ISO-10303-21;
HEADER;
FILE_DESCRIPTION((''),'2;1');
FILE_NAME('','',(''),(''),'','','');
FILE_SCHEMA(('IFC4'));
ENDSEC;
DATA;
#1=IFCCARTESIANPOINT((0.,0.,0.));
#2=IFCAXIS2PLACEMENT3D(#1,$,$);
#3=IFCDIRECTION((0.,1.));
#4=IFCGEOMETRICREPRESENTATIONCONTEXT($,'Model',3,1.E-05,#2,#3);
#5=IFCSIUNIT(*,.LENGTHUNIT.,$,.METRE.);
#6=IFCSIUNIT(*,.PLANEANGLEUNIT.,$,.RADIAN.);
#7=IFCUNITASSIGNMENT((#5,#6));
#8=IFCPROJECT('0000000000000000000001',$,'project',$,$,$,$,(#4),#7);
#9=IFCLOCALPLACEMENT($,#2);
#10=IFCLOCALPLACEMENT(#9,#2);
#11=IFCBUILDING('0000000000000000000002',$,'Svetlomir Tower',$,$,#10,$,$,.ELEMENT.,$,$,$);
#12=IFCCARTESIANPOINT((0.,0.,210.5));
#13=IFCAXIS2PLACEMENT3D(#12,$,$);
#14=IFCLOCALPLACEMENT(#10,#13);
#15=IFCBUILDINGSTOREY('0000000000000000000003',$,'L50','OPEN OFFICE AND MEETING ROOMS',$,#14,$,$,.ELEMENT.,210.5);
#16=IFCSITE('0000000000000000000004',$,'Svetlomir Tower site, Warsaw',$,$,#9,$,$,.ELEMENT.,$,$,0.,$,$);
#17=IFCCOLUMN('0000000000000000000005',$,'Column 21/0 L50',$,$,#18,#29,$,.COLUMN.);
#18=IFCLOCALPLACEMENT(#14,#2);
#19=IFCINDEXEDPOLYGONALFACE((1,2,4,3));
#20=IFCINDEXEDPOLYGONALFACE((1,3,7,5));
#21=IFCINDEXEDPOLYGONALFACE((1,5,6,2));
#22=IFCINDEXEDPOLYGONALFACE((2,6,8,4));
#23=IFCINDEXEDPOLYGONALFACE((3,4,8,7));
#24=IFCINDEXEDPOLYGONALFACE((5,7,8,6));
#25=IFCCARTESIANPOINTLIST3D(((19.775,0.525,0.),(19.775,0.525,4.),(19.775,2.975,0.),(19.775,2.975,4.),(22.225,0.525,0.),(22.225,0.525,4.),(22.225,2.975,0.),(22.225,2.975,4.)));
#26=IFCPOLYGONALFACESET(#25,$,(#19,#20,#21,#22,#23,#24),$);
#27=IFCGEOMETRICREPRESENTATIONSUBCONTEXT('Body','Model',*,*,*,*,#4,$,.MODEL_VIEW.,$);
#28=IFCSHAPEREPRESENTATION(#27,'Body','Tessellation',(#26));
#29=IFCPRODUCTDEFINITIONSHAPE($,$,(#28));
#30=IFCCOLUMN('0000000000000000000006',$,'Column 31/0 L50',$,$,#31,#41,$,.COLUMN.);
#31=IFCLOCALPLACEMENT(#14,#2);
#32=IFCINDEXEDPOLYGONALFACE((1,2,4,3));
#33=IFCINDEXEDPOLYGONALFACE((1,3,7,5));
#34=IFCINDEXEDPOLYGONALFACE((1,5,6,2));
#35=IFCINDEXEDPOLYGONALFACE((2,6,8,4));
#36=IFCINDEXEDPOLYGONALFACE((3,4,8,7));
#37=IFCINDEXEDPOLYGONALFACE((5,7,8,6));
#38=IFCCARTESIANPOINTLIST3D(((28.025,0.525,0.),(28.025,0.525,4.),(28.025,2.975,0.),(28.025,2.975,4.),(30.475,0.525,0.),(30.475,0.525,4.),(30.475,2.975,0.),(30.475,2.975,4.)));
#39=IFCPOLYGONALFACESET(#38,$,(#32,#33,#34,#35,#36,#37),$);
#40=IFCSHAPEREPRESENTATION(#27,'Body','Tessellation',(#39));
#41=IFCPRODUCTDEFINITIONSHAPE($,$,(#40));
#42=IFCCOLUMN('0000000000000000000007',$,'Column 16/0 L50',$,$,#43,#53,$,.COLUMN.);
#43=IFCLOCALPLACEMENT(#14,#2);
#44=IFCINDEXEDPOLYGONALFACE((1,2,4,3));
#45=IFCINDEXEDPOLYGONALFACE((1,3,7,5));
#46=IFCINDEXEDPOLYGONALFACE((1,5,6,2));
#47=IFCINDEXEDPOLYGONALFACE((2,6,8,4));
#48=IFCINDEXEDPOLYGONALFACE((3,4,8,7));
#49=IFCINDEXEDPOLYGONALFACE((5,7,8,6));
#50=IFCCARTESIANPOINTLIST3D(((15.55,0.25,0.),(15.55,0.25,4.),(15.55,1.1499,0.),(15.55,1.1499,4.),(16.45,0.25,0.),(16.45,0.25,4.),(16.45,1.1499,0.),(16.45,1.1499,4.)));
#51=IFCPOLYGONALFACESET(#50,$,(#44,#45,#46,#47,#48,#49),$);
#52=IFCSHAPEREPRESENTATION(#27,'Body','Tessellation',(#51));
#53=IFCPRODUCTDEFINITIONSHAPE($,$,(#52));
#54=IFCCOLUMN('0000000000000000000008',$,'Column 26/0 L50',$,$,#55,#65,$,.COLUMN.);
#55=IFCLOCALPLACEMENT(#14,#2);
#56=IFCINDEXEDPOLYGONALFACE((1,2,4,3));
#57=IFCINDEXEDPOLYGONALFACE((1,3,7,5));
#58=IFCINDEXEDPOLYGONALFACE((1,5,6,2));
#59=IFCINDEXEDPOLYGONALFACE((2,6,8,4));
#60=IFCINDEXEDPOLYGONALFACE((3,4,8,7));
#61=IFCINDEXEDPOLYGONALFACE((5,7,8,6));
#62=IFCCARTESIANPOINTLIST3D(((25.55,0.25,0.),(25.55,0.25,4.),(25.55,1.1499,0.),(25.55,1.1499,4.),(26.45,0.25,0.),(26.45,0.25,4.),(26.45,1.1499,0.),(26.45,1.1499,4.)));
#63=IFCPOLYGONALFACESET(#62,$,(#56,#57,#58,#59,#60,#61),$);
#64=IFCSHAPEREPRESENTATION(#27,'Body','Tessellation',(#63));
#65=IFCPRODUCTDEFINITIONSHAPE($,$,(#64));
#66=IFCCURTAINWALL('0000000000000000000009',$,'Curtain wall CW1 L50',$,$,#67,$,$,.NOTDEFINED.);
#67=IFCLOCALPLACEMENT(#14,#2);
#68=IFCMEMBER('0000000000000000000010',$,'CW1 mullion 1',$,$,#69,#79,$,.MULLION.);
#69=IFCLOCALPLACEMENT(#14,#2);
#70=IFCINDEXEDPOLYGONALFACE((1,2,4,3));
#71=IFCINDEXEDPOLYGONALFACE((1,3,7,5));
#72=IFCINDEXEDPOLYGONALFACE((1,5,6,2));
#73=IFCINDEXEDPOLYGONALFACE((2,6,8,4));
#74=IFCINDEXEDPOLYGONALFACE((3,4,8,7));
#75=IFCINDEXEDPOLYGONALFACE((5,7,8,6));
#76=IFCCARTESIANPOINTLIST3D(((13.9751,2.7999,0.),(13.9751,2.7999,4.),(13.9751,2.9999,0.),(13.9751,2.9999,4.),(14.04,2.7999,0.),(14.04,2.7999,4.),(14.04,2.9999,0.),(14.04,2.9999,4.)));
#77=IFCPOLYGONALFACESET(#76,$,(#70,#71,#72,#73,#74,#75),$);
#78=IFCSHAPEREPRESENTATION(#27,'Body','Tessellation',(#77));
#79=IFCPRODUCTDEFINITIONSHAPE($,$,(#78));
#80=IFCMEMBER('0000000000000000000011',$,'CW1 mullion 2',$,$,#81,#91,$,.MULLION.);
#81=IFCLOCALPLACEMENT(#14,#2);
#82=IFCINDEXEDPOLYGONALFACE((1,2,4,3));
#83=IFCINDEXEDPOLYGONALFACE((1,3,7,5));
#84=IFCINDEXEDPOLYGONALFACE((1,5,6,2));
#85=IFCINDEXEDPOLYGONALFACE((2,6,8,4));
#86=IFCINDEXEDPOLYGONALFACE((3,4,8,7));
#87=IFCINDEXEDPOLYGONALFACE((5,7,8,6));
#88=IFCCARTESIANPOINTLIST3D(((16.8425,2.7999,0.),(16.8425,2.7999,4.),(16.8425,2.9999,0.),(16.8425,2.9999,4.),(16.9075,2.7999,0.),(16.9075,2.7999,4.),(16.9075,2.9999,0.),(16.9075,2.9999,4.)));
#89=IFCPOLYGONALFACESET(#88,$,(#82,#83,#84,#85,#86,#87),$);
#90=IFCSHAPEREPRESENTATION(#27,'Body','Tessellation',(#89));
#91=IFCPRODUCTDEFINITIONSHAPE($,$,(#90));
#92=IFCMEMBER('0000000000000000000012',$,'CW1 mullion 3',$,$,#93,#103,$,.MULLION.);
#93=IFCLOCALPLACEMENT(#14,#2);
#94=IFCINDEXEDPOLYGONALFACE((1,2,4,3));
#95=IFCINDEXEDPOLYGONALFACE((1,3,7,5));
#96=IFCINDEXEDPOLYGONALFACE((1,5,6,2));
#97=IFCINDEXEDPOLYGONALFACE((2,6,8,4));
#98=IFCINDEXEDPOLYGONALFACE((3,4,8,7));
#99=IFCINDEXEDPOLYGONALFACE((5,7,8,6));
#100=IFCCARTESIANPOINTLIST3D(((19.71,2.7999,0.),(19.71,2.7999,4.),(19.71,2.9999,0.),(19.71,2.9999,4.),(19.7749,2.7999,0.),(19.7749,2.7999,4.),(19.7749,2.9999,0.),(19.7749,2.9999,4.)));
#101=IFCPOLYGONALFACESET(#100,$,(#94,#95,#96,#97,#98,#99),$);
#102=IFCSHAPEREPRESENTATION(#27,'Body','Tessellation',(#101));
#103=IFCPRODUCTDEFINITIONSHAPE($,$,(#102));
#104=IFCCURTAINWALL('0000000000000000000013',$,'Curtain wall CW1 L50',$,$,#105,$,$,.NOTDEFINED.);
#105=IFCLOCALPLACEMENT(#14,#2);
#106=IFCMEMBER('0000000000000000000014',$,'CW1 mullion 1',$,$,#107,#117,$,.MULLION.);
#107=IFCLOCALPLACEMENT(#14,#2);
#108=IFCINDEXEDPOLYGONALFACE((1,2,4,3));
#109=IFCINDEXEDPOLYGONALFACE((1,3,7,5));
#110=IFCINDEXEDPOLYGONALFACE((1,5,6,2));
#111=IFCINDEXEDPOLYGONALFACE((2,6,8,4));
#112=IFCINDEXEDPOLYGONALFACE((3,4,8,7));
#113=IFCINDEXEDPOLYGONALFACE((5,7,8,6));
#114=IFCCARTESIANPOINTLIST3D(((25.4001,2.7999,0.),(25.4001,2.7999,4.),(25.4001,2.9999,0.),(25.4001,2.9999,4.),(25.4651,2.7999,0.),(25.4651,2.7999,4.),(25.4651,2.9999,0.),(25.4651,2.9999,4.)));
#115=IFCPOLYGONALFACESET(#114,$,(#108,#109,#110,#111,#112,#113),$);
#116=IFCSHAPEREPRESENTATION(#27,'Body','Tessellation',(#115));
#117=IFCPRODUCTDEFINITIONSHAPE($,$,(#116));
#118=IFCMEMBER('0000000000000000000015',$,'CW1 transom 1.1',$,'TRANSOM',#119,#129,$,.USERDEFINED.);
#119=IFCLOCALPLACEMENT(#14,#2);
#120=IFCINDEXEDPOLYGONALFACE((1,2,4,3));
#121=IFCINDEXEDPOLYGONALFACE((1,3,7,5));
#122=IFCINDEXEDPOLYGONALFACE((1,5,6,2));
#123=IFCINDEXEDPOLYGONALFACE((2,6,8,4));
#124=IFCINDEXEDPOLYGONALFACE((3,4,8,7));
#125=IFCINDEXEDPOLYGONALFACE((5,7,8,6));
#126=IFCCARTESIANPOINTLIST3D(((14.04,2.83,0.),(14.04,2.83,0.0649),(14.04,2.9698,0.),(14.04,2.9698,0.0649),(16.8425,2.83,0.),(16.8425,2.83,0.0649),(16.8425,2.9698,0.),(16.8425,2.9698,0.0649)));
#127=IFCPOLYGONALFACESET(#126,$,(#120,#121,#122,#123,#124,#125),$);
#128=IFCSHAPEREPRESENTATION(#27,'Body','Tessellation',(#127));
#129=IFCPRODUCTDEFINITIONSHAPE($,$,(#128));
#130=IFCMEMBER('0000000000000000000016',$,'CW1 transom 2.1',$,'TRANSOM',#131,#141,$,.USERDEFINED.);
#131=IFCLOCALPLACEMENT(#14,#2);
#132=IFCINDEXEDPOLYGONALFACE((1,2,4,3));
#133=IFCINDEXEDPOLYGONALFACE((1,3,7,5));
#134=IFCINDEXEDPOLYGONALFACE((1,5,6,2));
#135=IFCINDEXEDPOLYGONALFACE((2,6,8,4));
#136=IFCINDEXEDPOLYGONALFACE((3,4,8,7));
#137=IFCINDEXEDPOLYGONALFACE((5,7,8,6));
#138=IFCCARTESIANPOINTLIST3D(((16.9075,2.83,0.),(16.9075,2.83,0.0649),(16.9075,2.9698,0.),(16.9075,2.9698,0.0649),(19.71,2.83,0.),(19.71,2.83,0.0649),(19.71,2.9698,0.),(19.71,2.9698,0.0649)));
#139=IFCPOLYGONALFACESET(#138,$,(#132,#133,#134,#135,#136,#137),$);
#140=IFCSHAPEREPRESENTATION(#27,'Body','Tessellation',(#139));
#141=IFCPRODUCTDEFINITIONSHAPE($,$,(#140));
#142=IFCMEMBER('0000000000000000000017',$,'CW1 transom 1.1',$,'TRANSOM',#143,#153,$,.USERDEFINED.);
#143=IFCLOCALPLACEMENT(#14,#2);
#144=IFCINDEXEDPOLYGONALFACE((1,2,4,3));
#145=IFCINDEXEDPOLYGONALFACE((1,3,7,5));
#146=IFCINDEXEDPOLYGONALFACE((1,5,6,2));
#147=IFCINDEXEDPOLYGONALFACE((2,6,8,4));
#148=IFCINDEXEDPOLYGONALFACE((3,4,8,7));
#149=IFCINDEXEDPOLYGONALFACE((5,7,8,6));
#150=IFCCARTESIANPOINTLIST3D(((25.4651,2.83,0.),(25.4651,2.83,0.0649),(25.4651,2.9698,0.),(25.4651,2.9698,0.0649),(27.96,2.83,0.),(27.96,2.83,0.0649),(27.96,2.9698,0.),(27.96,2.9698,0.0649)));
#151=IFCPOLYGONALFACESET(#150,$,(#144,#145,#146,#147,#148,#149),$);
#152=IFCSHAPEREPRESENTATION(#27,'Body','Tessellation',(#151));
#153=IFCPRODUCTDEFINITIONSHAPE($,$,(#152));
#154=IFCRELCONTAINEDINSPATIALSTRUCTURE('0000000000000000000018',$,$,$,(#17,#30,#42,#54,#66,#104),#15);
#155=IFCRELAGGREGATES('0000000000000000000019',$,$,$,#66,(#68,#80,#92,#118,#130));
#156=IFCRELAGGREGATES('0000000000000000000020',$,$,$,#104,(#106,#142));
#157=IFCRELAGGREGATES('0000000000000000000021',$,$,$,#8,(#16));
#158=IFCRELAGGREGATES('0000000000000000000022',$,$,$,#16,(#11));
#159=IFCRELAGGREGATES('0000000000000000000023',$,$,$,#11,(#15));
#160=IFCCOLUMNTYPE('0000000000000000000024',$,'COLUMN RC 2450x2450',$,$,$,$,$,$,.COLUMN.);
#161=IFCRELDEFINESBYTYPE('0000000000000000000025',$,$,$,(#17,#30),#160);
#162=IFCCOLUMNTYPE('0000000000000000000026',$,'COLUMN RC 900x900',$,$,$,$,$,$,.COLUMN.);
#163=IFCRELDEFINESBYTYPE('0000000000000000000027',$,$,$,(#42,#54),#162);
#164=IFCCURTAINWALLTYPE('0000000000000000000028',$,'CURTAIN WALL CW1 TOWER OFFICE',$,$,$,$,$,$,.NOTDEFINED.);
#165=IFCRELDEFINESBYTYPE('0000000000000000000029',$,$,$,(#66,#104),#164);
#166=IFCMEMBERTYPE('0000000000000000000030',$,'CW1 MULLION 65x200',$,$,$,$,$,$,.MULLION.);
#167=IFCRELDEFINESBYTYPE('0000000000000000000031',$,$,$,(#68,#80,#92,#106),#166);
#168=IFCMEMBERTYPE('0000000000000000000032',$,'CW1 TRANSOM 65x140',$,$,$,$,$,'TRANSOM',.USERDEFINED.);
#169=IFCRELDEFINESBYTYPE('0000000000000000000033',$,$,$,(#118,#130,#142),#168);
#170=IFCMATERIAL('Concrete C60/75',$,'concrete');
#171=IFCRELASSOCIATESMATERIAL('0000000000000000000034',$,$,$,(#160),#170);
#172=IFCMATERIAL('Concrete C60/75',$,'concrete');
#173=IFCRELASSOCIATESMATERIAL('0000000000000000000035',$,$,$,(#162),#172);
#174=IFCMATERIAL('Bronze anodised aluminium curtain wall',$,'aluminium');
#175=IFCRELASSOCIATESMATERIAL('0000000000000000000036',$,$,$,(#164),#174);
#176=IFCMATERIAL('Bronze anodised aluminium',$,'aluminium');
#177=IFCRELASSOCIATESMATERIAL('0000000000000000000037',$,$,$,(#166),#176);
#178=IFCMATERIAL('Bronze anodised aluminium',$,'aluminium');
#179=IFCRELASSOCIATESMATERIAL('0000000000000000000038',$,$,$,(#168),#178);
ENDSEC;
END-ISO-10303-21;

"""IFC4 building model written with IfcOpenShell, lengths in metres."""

from ifc_helpers import new_model, si_unit, direction, frame, origin, origin_2d, place, context, subcontext, project, spatial, rectangle, extrude, material, material_profile, profile_set, type_object, element, aggregate, save


model = new_model("IFC4")

# Units and contexts
model_context = context("Model", 3, precision=1e-05, world=origin(), true_north=direction((0.0, 1.0)))
body_context = subcontext(model_context, "Body", "Model", "MODEL_VIEW")
ifc_project = project(units=[si_unit("LENGTHUNIT", "METRE"), si_unit("PLANEANGLEUNIT", "RADIAN")], contexts=[model_context])

# Site, building, storey
site_placement = place(None, origin())
site = spatial("IfcSite", under=ifc_project, at=site_placement, Name="Svetlomir Tower site, Warsaw", CompositionType="ELEMENT", RefElevation=0.0)
building_placement = place(site_placement, origin())
building = spatial("IfcBuilding", under=site, at=building_placement, Name="Svetlomir Tower", CompositionType="ELEMENT")
storey_placement = place(building_placement, frame((0.0, 0.0, 210.5)))
storey = spatial("IfcBuildingStorey", under=building, at=storey_placement, Name="L50", Description="OPEN OFFICE AND MEETING ROOMS", CompositionType="ELEMENT", Elevation=210.5)

# Columns
ifc_material_1 = material(Name="Concrete C60/75", Category="concrete")
ifc_material_profile_1 = material_profile(ifc_material_1, rectangle(XDim=2.45, YDim=2.45, at=origin_2d()), Name="RC 2450x2450")
ifc_profile_set_1 = profile_set([ifc_material_profile_1], Name="Concrete C60/75")
column_type_1 = type_object("IfcColumnType", Name="COLUMN RC 2450x2450", PredefinedType="COLUMN", material=ifc_profile_set_1)
for number, where, z_axis, x_axis, name in (
    (1, (21.0, 1.75, 0.0), (0.0, 0.0, 1.0), (1.0, 0.0, 0.0), "Column 21/0 L50"),
    (2, (29.25, 1.75, 0.0), (0.0, 0.0, 1.0), (1.0, 0.0, 0.0), "Column 31/0 L50"),
):
    element("IfcColumn", number, at=place(storey_placement, frame(where, z_axis=z_axis, x_axis=x_axis)), inside=storey, type_object=column_type_1, Name=name, PredefinedType="COLUMN", context=body_context, shape_type="SweptSolid", body=[
        extrude(rectangle(XDim=2.45, YDim=2.45, at=origin_2d()), origin(), (0.0, 0.0, 1.0), 4.0),
    ])
ifc_material_2 = material(Name="Concrete C60/75", Category="concrete")
ifc_material_profile_2 = material_profile(ifc_material_2, rectangle(XDim=0.8999, YDim=0.8999, at=origin_2d()), Name="RC 900x900")
ifc_profile_set_2 = profile_set([ifc_material_profile_2], Name="Concrete C60/75")
column_type_2 = type_object("IfcColumnType", Name="COLUMN RC 900x900", PredefinedType="COLUMN", material=ifc_profile_set_2)
for number, where, z_axis, x_axis, name in (
    (3, (16.0, 0.7, 0.0), (0.0, 0.0, 1.0), (1.0, 0.0, 0.0), "Column 16/0 L50"),
    (4, (26.0, 0.7, 0.0), (0.0, 0.0, 1.0), (1.0, 0.0, 0.0), "Column 26/0 L50"),
):
    element("IfcColumn", number, at=place(storey_placement, frame(where, z_axis=z_axis, x_axis=x_axis)), inside=storey, type_object=column_type_2, Name=name, PredefinedType="COLUMN", context=body_context, shape_type="SweptSolid", body=[
        extrude(rectangle(XDim=0.8999, YDim=0.8999, at=origin_2d()), origin(), (0.0, 0.0, 1.0), 4.0),
    ])

# Curtain wall, members
ifc_material_3 = material(Name="Bronze anodised aluminium curtain wall", Category="aluminium")
curtain_wall_type = type_object("IfcCurtainWallType", Name="CURTAIN WALL CW1 TOWER OFFICE", PredefinedType="NOTDEFINED", material=ifc_material_3)
curtain_wall_1_placement = place(storey_placement, origin())
curtain_wall_1 = element("IfcCurtainWall", 5, at=curtain_wall_1_placement, inside=storey, type_object=curtain_wall_type, Name="Curtain wall CW1 L50", PredefinedType="NOTDEFINED")
ifc_material_4 = material(Name="Bronze anodised aluminium", Category="aluminium")
ifc_material_profile_3 = material_profile(ifc_material_4, rectangle(XDim=0.0649, YDim=0.2, at=origin_2d()), Name="AL 65x200")
ifc_profile_set_3 = profile_set([ifc_material_profile_3], Name="Bronze anodised aluminium 6063-T6")
member_type_1 = type_object("IfcMemberType", Name="CW1 MULLION 65x200", PredefinedType="MULLION", material=ifc_profile_set_3)
member_1_placement = place(storey_placement, frame((14.0076, 2.8999, 0.0), z_axis=(0.0, 0.0, 1.0), x_axis=(1.0, 0.0, 0.0)))
member_1 = element("IfcMember", 6, at=member_1_placement, type_object=member_type_1, Name="CW1 mullion 1", PredefinedType="MULLION", context=body_context, shape_type="SweptSolid", body=[
    extrude(rectangle(XDim=0.0649, YDim=0.2, at=origin_2d()), origin(), (0.0, 0.0, 1.0), 4.0),
])
member_2_placement = place(storey_placement, frame((16.875, 2.8999, 0.0), z_axis=(0.0, 0.0, 1.0), x_axis=(1.0, 0.0, 0.0)))
member_2 = element("IfcMember", 7, at=member_2_placement, type_object=member_type_1, Name="CW1 mullion 2", PredefinedType="MULLION", context=body_context, shape_type="SweptSolid", body=[
    extrude(rectangle(XDim=0.0649, YDim=0.2, at=origin_2d()), origin(), (0.0, 0.0, 1.0), 4.0),
])
member_3_placement = place(storey_placement, frame((19.7424, 2.8999, 0.0), z_axis=(0.0, 0.0, 1.0), x_axis=(1.0, 0.0, 0.0)))
member_3 = element("IfcMember", 8, at=member_3_placement, type_object=member_type_1, Name="CW1 mullion 3", PredefinedType="MULLION", context=body_context, shape_type="SweptSolid", body=[
    extrude(rectangle(XDim=0.0649, YDim=0.2, at=origin_2d()), origin(), (0.0, 0.0, 1.0), 4.0),
])

# Curtain wall, member
curtain_wall_2_placement = place(storey_placement, origin())
curtain_wall_2 = element("IfcCurtainWall", 9, at=curtain_wall_2_placement, inside=storey, type_object=curtain_wall_type, Name="Curtain wall CW1 L50", PredefinedType="NOTDEFINED")
member_4_placement = place(storey_placement, frame((25.4326, 2.8999, 0.0), z_axis=(0.0, 0.0, 1.0), x_axis=(1.0, 0.0, 0.0)))
member_4 = element("IfcMember", 10, at=member_4_placement, type_object=member_type_1, Name="CW1 mullion 1", PredefinedType="MULLION", context=body_context, shape_type="SweptSolid", body=[
    extrude(rectangle(XDim=0.0649, YDim=0.2, at=origin_2d()), origin(), (0.0, 0.0, 1.0), 4.0),
])

# Members
ifc_material_5 = material(Name="Bronze anodised aluminium", Category="aluminium")
ifc_material_profile_4 = material_profile(ifc_material_5, rectangle(XDim=0.1399, YDim=0.0649, at=origin_2d()), Name="AL 140x65")
ifc_profile_set_4 = profile_set([ifc_material_profile_4], Name="Bronze anodised aluminium 6063-T6")
member_type_2 = type_object("IfcMemberType", Name="CW1 TRANSOM 65x140", ElementType="TRANSOM", PredefinedType="USERDEFINED", material=ifc_profile_set_4)
member_5_placement = place(storey_placement, frame((14.04, 2.8999, 0.0325), z_axis=(1.0, 0.0, 0.0), x_axis=(0.0, 1.0, 0.0)))
member_5 = element("IfcMember", 11, at=member_5_placement, type_object=member_type_2, Name="CW1 transom 1.1", ObjectType="TRANSOM", PredefinedType="USERDEFINED", context=body_context, shape_type="SweptSolid", body=[
    extrude(rectangle(XDim=0.1399, YDim=0.0649, at=origin_2d()), origin(), (0.0, 0.0, 1.0), 2.8025),
])
member_6_placement = place(storey_placement, frame((16.9075, 2.8999, 0.0325), z_axis=(1.0, 0.0, 0.0), x_axis=(0.0, 1.0, 0.0)))
member_6 = element("IfcMember", 12, at=member_6_placement, type_object=member_type_2, Name="CW1 transom 2.1", ObjectType="TRANSOM", PredefinedType="USERDEFINED", context=body_context, shape_type="SweptSolid", body=[
    extrude(rectangle(XDim=0.1399, YDim=0.0649, at=origin_2d()), origin(), (0.0, 0.0, 1.0), 2.8025),
])
member_7_placement = place(storey_placement, frame((25.4651, 2.8999, 0.0325), z_axis=(1.0, 0.0, 0.0), x_axis=(0.0, 1.0, 0.0)))
member_7 = element("IfcMember", 13, at=member_7_placement, type_object=member_type_2, Name="CW1 transom 1.1", ObjectType="TRANSOM", PredefinedType="USERDEFINED", context=body_context, shape_type="SweptSolid", body=[
    extrude(rectangle(XDim=0.1399, YDim=0.0649, at=origin_2d()), origin(), (0.0, 0.0, 1.0), 2.4949),
])

aggregate(curtain_wall_1, [member_1, member_2, member_3, member_5, member_6])
aggregate(curtain_wall_2, [member_4, member_7])

save(model, "model.ifc")
